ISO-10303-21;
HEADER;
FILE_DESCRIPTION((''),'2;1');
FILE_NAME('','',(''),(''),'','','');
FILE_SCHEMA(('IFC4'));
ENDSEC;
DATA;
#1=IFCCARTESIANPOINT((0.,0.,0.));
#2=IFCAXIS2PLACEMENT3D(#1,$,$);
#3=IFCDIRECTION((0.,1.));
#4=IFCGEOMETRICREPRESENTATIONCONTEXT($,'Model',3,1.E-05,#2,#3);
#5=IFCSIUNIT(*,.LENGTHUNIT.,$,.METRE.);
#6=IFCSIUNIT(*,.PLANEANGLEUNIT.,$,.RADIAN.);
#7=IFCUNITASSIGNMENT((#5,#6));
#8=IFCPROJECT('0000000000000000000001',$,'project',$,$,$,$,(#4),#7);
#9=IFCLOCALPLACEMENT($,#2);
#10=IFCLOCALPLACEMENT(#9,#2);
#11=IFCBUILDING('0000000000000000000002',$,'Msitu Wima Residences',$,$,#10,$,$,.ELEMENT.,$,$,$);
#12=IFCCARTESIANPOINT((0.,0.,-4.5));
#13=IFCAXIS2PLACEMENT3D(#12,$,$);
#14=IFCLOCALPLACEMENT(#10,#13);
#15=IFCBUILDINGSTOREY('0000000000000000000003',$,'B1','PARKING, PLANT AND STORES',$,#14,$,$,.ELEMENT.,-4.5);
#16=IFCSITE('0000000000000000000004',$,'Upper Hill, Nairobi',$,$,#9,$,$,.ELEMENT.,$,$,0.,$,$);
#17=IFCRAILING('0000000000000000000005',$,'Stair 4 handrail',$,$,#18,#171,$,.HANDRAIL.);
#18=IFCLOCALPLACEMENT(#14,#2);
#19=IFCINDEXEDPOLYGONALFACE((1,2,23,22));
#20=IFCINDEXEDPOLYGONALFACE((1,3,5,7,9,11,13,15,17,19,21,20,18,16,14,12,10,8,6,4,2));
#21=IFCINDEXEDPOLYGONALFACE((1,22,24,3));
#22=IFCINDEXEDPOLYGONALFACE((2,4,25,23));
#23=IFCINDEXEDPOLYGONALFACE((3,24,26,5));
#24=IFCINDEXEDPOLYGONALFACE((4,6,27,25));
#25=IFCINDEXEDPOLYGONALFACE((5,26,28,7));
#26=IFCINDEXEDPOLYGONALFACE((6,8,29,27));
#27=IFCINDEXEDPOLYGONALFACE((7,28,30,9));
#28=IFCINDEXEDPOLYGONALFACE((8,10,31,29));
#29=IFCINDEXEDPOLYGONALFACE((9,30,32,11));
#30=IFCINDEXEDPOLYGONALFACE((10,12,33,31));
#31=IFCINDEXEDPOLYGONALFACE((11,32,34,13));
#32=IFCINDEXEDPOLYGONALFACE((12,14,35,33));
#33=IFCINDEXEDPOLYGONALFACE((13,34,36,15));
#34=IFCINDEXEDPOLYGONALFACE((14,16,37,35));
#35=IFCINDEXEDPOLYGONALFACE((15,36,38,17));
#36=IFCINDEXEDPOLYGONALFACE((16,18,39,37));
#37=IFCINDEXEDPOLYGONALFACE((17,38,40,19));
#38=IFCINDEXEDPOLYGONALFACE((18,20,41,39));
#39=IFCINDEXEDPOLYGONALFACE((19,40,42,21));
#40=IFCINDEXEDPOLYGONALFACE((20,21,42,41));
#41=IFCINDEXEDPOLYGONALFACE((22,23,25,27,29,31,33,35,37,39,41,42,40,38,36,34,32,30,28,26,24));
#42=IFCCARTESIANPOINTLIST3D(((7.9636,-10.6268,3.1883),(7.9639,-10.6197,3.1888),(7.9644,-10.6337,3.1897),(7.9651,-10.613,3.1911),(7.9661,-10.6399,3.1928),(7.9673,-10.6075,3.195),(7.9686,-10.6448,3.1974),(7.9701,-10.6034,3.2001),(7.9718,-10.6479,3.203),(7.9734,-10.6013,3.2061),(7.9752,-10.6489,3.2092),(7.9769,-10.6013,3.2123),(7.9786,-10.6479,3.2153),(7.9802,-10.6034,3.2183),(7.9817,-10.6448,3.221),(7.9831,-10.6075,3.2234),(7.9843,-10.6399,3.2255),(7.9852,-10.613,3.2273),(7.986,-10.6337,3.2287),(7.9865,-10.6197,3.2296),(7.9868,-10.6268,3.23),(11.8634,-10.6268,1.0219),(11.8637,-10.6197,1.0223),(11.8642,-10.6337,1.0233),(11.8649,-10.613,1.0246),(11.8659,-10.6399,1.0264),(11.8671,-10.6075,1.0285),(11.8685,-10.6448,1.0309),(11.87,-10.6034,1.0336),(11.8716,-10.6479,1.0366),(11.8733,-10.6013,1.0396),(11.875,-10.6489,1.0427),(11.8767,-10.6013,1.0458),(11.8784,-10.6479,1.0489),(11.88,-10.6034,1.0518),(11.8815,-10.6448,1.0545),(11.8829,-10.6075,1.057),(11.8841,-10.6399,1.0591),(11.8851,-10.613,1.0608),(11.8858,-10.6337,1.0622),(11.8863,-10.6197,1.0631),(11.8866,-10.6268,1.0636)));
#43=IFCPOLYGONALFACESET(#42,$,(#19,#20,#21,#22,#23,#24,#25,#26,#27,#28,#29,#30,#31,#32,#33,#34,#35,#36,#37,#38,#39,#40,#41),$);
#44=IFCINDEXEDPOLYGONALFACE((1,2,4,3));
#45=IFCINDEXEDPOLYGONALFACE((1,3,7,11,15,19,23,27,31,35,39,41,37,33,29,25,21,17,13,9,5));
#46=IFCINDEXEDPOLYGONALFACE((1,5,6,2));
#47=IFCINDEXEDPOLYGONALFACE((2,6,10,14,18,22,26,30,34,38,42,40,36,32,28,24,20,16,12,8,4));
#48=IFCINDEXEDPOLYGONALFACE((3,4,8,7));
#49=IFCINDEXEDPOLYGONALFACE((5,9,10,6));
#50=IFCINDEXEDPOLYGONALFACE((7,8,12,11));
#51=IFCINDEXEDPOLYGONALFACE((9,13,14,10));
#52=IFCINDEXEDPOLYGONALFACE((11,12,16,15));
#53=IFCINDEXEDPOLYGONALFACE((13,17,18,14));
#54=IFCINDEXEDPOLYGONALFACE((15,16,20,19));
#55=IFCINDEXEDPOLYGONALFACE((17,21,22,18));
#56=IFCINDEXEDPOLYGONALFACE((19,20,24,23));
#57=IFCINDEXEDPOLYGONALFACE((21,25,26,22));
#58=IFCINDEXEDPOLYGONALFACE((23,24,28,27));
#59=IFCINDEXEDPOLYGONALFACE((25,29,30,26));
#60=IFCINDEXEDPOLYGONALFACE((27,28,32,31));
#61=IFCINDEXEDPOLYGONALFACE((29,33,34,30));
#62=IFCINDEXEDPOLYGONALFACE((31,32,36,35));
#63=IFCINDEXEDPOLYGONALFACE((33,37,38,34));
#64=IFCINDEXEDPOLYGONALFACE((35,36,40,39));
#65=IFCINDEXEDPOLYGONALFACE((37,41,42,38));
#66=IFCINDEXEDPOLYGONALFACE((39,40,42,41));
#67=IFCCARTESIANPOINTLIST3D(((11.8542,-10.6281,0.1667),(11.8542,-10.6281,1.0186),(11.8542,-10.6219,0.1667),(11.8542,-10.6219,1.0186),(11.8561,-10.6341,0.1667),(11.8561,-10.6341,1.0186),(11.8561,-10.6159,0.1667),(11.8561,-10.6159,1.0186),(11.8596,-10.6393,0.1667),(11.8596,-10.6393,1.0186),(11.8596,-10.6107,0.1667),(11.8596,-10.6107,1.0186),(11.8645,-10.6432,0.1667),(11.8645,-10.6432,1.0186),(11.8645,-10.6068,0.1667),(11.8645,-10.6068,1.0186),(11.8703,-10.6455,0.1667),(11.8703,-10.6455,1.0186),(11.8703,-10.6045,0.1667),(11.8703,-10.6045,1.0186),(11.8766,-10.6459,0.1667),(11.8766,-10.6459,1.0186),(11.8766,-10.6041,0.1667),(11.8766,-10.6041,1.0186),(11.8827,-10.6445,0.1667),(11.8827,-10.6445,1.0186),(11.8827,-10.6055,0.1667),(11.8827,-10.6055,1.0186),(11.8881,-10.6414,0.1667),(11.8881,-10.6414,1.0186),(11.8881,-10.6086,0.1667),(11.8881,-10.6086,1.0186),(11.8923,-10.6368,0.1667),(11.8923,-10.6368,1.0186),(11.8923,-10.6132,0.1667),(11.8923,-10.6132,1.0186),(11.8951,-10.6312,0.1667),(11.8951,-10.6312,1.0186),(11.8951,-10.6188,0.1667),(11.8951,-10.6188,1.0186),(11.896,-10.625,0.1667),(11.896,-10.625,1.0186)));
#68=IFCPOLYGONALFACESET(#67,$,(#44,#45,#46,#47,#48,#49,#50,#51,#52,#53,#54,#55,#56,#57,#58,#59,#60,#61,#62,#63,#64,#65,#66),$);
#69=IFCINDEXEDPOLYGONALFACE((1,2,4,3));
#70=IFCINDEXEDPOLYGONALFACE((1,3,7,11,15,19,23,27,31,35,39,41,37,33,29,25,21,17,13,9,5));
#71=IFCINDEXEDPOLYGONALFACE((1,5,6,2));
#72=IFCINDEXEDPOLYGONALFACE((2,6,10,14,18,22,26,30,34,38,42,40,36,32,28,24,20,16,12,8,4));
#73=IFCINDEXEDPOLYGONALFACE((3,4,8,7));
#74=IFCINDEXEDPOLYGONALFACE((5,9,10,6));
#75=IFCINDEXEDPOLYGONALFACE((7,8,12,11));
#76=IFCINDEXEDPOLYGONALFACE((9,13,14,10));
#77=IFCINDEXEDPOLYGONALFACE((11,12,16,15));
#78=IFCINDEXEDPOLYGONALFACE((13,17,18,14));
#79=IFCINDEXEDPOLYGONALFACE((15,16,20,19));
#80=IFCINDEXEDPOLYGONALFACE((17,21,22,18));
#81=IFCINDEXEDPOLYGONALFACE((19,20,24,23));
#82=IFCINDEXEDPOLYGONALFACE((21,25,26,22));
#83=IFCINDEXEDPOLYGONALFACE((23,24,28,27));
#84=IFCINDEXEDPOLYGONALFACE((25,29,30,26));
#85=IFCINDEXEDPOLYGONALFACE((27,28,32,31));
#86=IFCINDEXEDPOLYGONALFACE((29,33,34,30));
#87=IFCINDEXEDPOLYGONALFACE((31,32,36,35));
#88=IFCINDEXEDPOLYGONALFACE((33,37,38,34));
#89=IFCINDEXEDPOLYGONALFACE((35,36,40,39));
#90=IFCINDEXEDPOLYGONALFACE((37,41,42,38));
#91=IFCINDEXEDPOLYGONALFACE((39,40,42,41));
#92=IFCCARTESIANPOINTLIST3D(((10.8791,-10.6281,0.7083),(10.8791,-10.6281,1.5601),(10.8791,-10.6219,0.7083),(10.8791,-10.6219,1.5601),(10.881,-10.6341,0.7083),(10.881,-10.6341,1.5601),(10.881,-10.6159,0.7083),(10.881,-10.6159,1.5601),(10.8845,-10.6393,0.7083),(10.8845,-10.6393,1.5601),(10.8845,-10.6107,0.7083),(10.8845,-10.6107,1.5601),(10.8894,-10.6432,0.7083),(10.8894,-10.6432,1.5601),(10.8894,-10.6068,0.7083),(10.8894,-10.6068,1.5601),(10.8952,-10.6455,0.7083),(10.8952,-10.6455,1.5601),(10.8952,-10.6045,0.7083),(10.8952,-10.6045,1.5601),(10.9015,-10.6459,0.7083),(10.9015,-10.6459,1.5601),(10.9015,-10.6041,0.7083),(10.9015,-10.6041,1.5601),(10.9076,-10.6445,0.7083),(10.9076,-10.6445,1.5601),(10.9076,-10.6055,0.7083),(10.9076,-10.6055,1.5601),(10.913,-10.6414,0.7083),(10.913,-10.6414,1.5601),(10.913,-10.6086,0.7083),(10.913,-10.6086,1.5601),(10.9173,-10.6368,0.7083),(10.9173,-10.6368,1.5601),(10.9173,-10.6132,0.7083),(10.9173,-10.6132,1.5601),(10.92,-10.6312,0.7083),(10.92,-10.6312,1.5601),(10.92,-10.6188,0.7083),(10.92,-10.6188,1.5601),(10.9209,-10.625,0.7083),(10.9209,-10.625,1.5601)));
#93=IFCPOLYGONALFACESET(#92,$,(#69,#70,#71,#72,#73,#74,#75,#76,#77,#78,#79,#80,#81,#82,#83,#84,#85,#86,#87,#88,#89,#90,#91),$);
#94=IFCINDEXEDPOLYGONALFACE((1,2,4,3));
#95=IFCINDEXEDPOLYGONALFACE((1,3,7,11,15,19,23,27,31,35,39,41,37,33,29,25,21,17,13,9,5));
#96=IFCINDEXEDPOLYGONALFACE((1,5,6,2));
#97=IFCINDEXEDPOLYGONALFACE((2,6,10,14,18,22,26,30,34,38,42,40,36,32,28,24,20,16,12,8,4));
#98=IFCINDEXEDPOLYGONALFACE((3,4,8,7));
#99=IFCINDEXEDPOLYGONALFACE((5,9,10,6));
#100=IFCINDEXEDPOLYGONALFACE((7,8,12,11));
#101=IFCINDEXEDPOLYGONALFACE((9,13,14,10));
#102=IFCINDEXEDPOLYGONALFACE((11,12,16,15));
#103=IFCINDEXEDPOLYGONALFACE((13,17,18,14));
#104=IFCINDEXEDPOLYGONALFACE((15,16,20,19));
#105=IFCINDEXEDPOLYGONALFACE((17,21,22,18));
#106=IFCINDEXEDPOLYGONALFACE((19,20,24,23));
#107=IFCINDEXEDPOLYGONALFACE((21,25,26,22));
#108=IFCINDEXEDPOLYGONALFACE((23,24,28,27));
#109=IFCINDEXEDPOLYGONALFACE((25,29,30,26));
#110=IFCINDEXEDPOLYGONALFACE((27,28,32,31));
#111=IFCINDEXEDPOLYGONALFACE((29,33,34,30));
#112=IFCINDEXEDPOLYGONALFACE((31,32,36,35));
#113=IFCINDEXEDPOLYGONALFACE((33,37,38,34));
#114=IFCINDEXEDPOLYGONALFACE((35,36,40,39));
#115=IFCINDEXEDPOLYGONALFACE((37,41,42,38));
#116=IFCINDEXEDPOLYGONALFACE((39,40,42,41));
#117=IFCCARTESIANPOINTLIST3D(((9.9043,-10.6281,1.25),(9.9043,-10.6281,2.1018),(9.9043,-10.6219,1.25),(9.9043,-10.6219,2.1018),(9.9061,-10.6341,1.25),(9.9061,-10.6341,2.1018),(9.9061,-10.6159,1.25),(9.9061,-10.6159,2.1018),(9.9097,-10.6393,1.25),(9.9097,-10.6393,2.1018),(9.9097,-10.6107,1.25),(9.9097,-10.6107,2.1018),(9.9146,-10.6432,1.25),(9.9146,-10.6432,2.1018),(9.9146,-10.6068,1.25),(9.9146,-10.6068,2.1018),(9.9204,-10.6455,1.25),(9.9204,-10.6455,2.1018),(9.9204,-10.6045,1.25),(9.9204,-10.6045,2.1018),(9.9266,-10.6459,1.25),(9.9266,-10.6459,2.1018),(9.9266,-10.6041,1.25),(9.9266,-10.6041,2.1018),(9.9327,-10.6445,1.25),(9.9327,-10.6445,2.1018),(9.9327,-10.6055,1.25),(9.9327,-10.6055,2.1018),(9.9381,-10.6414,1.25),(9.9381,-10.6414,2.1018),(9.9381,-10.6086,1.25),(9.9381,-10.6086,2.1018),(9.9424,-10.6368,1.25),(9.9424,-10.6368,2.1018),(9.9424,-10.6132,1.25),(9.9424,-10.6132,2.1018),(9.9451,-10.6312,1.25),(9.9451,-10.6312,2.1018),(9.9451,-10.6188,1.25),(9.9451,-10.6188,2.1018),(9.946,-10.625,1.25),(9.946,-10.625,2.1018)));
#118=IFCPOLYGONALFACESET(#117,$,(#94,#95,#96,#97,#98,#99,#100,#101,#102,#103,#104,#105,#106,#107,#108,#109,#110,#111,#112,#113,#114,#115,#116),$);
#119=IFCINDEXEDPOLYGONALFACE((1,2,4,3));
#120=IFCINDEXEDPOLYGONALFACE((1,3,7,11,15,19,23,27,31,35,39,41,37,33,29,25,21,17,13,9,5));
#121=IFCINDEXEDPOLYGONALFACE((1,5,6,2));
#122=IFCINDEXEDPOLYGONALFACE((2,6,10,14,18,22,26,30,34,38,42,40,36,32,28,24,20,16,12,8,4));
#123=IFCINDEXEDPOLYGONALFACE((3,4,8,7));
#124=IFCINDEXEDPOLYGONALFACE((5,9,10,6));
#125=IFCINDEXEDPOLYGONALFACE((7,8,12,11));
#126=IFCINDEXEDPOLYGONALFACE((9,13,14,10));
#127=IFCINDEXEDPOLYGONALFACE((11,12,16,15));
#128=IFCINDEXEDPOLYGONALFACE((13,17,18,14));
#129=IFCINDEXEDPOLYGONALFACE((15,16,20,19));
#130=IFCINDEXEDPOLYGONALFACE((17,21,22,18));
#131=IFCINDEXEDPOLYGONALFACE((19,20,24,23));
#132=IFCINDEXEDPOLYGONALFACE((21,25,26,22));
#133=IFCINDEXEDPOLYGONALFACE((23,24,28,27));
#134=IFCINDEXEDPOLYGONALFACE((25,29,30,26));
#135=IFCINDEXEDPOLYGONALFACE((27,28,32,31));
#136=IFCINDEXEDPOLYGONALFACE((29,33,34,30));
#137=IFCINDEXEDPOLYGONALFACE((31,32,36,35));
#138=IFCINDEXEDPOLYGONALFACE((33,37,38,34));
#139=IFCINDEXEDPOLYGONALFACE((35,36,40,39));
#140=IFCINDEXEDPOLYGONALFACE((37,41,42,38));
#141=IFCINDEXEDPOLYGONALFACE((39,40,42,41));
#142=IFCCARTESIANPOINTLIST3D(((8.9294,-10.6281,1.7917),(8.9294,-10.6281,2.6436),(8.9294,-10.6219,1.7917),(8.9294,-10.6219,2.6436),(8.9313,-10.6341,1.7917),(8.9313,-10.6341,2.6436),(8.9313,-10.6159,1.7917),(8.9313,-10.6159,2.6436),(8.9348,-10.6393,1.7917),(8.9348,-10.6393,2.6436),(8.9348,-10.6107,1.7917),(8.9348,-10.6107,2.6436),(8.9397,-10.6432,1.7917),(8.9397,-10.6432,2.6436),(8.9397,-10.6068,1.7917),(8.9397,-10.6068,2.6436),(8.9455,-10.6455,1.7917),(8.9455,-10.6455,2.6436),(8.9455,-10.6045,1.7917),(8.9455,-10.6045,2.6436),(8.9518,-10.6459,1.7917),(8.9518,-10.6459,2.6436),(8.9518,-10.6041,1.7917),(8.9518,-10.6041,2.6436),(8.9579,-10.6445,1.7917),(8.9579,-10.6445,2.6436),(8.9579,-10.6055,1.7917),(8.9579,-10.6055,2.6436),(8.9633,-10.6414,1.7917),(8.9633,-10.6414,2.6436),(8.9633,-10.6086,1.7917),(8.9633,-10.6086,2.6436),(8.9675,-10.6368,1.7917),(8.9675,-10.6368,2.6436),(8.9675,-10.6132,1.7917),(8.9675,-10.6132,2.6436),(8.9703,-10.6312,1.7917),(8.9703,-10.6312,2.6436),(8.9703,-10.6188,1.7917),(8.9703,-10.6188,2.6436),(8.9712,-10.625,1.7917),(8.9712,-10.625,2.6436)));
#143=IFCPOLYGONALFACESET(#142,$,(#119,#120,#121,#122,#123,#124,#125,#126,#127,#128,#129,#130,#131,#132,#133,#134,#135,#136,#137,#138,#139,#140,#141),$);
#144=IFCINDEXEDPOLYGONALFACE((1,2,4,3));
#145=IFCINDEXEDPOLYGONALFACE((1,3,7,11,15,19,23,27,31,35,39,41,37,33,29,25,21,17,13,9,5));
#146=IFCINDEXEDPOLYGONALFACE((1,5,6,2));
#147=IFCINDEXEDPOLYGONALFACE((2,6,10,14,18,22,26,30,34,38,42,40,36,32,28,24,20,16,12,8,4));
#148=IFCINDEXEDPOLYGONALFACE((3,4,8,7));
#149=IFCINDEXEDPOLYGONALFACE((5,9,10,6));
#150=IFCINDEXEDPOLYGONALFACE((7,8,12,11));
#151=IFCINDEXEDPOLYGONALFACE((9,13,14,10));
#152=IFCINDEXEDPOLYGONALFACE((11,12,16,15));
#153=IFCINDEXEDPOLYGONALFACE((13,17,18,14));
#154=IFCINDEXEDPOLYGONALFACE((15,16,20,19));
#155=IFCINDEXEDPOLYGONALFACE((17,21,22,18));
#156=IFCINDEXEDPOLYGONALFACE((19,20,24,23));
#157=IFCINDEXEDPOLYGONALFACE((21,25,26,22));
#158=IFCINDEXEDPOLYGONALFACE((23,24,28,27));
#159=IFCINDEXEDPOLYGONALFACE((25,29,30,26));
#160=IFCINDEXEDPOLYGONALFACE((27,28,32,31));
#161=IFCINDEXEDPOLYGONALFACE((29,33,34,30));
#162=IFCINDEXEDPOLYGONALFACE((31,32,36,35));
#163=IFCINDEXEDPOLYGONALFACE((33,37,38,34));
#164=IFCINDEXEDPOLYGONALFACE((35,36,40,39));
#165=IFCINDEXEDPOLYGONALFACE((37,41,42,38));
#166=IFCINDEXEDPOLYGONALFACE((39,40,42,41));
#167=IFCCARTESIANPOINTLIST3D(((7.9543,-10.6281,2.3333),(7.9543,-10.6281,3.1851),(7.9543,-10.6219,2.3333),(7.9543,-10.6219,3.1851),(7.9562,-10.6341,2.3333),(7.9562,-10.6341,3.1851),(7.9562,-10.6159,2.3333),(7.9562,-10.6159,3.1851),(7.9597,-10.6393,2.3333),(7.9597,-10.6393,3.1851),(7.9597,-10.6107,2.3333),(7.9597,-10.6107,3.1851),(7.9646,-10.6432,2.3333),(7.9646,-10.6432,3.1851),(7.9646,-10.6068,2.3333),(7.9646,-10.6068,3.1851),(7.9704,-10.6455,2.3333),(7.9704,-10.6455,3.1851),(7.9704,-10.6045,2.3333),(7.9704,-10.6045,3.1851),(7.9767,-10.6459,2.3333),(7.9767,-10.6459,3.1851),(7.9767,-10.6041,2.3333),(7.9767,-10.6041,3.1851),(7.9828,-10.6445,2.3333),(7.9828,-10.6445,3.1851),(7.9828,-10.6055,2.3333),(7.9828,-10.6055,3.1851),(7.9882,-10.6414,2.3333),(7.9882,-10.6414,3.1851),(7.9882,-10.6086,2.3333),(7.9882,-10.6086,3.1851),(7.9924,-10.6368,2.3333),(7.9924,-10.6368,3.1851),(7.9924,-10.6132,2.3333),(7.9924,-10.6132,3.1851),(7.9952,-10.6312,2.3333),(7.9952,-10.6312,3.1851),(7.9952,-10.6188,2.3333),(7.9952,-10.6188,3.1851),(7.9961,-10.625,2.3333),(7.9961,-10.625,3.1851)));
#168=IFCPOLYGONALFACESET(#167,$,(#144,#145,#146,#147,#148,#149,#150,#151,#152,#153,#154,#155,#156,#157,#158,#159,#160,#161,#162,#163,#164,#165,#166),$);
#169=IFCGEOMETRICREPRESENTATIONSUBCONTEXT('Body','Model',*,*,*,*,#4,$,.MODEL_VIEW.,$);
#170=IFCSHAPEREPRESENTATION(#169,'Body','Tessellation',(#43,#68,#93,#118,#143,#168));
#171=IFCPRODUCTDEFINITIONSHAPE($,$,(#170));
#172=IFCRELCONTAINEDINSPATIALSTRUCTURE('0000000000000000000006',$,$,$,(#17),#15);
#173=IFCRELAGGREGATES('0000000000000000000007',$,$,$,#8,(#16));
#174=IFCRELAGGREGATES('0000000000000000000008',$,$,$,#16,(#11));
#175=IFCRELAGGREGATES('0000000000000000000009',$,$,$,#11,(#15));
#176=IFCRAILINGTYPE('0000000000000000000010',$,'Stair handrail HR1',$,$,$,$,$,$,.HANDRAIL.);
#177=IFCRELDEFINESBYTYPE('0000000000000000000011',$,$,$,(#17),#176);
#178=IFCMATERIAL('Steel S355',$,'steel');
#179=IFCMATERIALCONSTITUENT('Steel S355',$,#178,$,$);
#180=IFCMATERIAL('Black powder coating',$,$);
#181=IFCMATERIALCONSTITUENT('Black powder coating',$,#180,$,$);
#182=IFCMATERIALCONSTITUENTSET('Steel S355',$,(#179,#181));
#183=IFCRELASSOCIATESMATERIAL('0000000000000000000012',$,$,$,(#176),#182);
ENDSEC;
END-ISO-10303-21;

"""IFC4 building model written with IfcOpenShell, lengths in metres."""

from ifc_helpers import new_model, si_unit, direction, frame, origin, origin_2d, place, context, subcontext, project, spatial, circle, extrude, material, constituent, constituent_set, type_object, element, save


model = new_model("IFC4")

# Units and contexts
model_context = context("Model", 3, precision=1e-05, world=origin(), true_north=direction((0.0, 1.0)))
body_context = subcontext(model_context, "Body", "Model", "MODEL_VIEW")
ifc_project = project(units=[si_unit("LENGTHUNIT", "METRE"), si_unit("PLANEANGLEUNIT", "RADIAN")], contexts=[model_context])

# Site, building, storey
site_placement = place(None, origin())
site = spatial("IfcSite", under=ifc_project, at=site_placement, Name="Upper Hill, Nairobi", CompositionType="ELEMENT", RefElevation=0.0)
building_placement = place(site_placement, origin())
building = spatial("IfcBuilding", under=site, at=building_placement, Name="Msitu Wima Residences", CompositionType="ELEMENT")
storey_placement = place(building_placement, frame((0.0, 0.0, -4.5)))
storey = spatial("IfcBuildingStorey", under=building, at=storey_placement, Name="B1", Description="PARKING, PLANT AND STORES", CompositionType="ELEMENT", Elevation=-4.5)

# Railing
ifc_material_1 = material(Name="Steel S355", Category="steel")
ifc_constituent_1 = constituent(ifc_material_1, Name="Steel S355")
ifc_material_2 = material(Name="Black powder coating")
ifc_constituent_2 = constituent(ifc_material_2, Name="Black powder coating")
ifc_constituent_set = constituent_set(constituents=[ifc_constituent_1, ifc_constituent_2], Name="Steel S355")
railing_type = type_object("IfcRailingType", Name="Stair handrail HR1", PredefinedType="HANDRAIL", material=ifc_constituent_set)
for number, where, name in (
    (1, (11.875, -10.625, 0.1667), "Stair 4 handrail"),
):
    element("IfcRailing", number, at=place(storey_placement, frame(where)), inside=storey, type_object=railing_type, Name=name, PredefinedType="HANDRAIL", context=body_context, shape_type="SweptSolid", body=[
        extrude(circle(Radius=0.0239, at=origin_2d()), frame((0.0, 0.0, 0.876), z_axis=(-0.874168, 0.0, 0.485624), x_axis=(0.0, -1.0, 0.0)), (0.0, 0.0, 1.0), 4.4612),
        extrude(circle(Radius=0.021, at=origin_2d()), origin(), (0.0, 0.0, 1.0), 0.8518),
        extrude(circle(Radius=0.021, at=origin_2d()), frame((-0.9751, 0.0, 0.5415)), (0.0, 0.0, 1.0), 0.8518),
        extrude(circle(Radius=0.021, at=origin_2d()), frame((-1.95, 0.0, 1.0833)), (0.0, 0.0, 1.0), 0.8518),
        extrude(circle(Radius=0.021, at=origin_2d()), frame((-2.9248, 0.0, 1.625)), (0.0, 0.0, 1.0), 0.8518),
        extrude(circle(Radius=0.021, at=origin_2d()), frame((-3.8999, 0.0, 2.1665)), (0.0, 0.0, 1.0), 0.8518),
    ])

save(model, "model.ifc")
